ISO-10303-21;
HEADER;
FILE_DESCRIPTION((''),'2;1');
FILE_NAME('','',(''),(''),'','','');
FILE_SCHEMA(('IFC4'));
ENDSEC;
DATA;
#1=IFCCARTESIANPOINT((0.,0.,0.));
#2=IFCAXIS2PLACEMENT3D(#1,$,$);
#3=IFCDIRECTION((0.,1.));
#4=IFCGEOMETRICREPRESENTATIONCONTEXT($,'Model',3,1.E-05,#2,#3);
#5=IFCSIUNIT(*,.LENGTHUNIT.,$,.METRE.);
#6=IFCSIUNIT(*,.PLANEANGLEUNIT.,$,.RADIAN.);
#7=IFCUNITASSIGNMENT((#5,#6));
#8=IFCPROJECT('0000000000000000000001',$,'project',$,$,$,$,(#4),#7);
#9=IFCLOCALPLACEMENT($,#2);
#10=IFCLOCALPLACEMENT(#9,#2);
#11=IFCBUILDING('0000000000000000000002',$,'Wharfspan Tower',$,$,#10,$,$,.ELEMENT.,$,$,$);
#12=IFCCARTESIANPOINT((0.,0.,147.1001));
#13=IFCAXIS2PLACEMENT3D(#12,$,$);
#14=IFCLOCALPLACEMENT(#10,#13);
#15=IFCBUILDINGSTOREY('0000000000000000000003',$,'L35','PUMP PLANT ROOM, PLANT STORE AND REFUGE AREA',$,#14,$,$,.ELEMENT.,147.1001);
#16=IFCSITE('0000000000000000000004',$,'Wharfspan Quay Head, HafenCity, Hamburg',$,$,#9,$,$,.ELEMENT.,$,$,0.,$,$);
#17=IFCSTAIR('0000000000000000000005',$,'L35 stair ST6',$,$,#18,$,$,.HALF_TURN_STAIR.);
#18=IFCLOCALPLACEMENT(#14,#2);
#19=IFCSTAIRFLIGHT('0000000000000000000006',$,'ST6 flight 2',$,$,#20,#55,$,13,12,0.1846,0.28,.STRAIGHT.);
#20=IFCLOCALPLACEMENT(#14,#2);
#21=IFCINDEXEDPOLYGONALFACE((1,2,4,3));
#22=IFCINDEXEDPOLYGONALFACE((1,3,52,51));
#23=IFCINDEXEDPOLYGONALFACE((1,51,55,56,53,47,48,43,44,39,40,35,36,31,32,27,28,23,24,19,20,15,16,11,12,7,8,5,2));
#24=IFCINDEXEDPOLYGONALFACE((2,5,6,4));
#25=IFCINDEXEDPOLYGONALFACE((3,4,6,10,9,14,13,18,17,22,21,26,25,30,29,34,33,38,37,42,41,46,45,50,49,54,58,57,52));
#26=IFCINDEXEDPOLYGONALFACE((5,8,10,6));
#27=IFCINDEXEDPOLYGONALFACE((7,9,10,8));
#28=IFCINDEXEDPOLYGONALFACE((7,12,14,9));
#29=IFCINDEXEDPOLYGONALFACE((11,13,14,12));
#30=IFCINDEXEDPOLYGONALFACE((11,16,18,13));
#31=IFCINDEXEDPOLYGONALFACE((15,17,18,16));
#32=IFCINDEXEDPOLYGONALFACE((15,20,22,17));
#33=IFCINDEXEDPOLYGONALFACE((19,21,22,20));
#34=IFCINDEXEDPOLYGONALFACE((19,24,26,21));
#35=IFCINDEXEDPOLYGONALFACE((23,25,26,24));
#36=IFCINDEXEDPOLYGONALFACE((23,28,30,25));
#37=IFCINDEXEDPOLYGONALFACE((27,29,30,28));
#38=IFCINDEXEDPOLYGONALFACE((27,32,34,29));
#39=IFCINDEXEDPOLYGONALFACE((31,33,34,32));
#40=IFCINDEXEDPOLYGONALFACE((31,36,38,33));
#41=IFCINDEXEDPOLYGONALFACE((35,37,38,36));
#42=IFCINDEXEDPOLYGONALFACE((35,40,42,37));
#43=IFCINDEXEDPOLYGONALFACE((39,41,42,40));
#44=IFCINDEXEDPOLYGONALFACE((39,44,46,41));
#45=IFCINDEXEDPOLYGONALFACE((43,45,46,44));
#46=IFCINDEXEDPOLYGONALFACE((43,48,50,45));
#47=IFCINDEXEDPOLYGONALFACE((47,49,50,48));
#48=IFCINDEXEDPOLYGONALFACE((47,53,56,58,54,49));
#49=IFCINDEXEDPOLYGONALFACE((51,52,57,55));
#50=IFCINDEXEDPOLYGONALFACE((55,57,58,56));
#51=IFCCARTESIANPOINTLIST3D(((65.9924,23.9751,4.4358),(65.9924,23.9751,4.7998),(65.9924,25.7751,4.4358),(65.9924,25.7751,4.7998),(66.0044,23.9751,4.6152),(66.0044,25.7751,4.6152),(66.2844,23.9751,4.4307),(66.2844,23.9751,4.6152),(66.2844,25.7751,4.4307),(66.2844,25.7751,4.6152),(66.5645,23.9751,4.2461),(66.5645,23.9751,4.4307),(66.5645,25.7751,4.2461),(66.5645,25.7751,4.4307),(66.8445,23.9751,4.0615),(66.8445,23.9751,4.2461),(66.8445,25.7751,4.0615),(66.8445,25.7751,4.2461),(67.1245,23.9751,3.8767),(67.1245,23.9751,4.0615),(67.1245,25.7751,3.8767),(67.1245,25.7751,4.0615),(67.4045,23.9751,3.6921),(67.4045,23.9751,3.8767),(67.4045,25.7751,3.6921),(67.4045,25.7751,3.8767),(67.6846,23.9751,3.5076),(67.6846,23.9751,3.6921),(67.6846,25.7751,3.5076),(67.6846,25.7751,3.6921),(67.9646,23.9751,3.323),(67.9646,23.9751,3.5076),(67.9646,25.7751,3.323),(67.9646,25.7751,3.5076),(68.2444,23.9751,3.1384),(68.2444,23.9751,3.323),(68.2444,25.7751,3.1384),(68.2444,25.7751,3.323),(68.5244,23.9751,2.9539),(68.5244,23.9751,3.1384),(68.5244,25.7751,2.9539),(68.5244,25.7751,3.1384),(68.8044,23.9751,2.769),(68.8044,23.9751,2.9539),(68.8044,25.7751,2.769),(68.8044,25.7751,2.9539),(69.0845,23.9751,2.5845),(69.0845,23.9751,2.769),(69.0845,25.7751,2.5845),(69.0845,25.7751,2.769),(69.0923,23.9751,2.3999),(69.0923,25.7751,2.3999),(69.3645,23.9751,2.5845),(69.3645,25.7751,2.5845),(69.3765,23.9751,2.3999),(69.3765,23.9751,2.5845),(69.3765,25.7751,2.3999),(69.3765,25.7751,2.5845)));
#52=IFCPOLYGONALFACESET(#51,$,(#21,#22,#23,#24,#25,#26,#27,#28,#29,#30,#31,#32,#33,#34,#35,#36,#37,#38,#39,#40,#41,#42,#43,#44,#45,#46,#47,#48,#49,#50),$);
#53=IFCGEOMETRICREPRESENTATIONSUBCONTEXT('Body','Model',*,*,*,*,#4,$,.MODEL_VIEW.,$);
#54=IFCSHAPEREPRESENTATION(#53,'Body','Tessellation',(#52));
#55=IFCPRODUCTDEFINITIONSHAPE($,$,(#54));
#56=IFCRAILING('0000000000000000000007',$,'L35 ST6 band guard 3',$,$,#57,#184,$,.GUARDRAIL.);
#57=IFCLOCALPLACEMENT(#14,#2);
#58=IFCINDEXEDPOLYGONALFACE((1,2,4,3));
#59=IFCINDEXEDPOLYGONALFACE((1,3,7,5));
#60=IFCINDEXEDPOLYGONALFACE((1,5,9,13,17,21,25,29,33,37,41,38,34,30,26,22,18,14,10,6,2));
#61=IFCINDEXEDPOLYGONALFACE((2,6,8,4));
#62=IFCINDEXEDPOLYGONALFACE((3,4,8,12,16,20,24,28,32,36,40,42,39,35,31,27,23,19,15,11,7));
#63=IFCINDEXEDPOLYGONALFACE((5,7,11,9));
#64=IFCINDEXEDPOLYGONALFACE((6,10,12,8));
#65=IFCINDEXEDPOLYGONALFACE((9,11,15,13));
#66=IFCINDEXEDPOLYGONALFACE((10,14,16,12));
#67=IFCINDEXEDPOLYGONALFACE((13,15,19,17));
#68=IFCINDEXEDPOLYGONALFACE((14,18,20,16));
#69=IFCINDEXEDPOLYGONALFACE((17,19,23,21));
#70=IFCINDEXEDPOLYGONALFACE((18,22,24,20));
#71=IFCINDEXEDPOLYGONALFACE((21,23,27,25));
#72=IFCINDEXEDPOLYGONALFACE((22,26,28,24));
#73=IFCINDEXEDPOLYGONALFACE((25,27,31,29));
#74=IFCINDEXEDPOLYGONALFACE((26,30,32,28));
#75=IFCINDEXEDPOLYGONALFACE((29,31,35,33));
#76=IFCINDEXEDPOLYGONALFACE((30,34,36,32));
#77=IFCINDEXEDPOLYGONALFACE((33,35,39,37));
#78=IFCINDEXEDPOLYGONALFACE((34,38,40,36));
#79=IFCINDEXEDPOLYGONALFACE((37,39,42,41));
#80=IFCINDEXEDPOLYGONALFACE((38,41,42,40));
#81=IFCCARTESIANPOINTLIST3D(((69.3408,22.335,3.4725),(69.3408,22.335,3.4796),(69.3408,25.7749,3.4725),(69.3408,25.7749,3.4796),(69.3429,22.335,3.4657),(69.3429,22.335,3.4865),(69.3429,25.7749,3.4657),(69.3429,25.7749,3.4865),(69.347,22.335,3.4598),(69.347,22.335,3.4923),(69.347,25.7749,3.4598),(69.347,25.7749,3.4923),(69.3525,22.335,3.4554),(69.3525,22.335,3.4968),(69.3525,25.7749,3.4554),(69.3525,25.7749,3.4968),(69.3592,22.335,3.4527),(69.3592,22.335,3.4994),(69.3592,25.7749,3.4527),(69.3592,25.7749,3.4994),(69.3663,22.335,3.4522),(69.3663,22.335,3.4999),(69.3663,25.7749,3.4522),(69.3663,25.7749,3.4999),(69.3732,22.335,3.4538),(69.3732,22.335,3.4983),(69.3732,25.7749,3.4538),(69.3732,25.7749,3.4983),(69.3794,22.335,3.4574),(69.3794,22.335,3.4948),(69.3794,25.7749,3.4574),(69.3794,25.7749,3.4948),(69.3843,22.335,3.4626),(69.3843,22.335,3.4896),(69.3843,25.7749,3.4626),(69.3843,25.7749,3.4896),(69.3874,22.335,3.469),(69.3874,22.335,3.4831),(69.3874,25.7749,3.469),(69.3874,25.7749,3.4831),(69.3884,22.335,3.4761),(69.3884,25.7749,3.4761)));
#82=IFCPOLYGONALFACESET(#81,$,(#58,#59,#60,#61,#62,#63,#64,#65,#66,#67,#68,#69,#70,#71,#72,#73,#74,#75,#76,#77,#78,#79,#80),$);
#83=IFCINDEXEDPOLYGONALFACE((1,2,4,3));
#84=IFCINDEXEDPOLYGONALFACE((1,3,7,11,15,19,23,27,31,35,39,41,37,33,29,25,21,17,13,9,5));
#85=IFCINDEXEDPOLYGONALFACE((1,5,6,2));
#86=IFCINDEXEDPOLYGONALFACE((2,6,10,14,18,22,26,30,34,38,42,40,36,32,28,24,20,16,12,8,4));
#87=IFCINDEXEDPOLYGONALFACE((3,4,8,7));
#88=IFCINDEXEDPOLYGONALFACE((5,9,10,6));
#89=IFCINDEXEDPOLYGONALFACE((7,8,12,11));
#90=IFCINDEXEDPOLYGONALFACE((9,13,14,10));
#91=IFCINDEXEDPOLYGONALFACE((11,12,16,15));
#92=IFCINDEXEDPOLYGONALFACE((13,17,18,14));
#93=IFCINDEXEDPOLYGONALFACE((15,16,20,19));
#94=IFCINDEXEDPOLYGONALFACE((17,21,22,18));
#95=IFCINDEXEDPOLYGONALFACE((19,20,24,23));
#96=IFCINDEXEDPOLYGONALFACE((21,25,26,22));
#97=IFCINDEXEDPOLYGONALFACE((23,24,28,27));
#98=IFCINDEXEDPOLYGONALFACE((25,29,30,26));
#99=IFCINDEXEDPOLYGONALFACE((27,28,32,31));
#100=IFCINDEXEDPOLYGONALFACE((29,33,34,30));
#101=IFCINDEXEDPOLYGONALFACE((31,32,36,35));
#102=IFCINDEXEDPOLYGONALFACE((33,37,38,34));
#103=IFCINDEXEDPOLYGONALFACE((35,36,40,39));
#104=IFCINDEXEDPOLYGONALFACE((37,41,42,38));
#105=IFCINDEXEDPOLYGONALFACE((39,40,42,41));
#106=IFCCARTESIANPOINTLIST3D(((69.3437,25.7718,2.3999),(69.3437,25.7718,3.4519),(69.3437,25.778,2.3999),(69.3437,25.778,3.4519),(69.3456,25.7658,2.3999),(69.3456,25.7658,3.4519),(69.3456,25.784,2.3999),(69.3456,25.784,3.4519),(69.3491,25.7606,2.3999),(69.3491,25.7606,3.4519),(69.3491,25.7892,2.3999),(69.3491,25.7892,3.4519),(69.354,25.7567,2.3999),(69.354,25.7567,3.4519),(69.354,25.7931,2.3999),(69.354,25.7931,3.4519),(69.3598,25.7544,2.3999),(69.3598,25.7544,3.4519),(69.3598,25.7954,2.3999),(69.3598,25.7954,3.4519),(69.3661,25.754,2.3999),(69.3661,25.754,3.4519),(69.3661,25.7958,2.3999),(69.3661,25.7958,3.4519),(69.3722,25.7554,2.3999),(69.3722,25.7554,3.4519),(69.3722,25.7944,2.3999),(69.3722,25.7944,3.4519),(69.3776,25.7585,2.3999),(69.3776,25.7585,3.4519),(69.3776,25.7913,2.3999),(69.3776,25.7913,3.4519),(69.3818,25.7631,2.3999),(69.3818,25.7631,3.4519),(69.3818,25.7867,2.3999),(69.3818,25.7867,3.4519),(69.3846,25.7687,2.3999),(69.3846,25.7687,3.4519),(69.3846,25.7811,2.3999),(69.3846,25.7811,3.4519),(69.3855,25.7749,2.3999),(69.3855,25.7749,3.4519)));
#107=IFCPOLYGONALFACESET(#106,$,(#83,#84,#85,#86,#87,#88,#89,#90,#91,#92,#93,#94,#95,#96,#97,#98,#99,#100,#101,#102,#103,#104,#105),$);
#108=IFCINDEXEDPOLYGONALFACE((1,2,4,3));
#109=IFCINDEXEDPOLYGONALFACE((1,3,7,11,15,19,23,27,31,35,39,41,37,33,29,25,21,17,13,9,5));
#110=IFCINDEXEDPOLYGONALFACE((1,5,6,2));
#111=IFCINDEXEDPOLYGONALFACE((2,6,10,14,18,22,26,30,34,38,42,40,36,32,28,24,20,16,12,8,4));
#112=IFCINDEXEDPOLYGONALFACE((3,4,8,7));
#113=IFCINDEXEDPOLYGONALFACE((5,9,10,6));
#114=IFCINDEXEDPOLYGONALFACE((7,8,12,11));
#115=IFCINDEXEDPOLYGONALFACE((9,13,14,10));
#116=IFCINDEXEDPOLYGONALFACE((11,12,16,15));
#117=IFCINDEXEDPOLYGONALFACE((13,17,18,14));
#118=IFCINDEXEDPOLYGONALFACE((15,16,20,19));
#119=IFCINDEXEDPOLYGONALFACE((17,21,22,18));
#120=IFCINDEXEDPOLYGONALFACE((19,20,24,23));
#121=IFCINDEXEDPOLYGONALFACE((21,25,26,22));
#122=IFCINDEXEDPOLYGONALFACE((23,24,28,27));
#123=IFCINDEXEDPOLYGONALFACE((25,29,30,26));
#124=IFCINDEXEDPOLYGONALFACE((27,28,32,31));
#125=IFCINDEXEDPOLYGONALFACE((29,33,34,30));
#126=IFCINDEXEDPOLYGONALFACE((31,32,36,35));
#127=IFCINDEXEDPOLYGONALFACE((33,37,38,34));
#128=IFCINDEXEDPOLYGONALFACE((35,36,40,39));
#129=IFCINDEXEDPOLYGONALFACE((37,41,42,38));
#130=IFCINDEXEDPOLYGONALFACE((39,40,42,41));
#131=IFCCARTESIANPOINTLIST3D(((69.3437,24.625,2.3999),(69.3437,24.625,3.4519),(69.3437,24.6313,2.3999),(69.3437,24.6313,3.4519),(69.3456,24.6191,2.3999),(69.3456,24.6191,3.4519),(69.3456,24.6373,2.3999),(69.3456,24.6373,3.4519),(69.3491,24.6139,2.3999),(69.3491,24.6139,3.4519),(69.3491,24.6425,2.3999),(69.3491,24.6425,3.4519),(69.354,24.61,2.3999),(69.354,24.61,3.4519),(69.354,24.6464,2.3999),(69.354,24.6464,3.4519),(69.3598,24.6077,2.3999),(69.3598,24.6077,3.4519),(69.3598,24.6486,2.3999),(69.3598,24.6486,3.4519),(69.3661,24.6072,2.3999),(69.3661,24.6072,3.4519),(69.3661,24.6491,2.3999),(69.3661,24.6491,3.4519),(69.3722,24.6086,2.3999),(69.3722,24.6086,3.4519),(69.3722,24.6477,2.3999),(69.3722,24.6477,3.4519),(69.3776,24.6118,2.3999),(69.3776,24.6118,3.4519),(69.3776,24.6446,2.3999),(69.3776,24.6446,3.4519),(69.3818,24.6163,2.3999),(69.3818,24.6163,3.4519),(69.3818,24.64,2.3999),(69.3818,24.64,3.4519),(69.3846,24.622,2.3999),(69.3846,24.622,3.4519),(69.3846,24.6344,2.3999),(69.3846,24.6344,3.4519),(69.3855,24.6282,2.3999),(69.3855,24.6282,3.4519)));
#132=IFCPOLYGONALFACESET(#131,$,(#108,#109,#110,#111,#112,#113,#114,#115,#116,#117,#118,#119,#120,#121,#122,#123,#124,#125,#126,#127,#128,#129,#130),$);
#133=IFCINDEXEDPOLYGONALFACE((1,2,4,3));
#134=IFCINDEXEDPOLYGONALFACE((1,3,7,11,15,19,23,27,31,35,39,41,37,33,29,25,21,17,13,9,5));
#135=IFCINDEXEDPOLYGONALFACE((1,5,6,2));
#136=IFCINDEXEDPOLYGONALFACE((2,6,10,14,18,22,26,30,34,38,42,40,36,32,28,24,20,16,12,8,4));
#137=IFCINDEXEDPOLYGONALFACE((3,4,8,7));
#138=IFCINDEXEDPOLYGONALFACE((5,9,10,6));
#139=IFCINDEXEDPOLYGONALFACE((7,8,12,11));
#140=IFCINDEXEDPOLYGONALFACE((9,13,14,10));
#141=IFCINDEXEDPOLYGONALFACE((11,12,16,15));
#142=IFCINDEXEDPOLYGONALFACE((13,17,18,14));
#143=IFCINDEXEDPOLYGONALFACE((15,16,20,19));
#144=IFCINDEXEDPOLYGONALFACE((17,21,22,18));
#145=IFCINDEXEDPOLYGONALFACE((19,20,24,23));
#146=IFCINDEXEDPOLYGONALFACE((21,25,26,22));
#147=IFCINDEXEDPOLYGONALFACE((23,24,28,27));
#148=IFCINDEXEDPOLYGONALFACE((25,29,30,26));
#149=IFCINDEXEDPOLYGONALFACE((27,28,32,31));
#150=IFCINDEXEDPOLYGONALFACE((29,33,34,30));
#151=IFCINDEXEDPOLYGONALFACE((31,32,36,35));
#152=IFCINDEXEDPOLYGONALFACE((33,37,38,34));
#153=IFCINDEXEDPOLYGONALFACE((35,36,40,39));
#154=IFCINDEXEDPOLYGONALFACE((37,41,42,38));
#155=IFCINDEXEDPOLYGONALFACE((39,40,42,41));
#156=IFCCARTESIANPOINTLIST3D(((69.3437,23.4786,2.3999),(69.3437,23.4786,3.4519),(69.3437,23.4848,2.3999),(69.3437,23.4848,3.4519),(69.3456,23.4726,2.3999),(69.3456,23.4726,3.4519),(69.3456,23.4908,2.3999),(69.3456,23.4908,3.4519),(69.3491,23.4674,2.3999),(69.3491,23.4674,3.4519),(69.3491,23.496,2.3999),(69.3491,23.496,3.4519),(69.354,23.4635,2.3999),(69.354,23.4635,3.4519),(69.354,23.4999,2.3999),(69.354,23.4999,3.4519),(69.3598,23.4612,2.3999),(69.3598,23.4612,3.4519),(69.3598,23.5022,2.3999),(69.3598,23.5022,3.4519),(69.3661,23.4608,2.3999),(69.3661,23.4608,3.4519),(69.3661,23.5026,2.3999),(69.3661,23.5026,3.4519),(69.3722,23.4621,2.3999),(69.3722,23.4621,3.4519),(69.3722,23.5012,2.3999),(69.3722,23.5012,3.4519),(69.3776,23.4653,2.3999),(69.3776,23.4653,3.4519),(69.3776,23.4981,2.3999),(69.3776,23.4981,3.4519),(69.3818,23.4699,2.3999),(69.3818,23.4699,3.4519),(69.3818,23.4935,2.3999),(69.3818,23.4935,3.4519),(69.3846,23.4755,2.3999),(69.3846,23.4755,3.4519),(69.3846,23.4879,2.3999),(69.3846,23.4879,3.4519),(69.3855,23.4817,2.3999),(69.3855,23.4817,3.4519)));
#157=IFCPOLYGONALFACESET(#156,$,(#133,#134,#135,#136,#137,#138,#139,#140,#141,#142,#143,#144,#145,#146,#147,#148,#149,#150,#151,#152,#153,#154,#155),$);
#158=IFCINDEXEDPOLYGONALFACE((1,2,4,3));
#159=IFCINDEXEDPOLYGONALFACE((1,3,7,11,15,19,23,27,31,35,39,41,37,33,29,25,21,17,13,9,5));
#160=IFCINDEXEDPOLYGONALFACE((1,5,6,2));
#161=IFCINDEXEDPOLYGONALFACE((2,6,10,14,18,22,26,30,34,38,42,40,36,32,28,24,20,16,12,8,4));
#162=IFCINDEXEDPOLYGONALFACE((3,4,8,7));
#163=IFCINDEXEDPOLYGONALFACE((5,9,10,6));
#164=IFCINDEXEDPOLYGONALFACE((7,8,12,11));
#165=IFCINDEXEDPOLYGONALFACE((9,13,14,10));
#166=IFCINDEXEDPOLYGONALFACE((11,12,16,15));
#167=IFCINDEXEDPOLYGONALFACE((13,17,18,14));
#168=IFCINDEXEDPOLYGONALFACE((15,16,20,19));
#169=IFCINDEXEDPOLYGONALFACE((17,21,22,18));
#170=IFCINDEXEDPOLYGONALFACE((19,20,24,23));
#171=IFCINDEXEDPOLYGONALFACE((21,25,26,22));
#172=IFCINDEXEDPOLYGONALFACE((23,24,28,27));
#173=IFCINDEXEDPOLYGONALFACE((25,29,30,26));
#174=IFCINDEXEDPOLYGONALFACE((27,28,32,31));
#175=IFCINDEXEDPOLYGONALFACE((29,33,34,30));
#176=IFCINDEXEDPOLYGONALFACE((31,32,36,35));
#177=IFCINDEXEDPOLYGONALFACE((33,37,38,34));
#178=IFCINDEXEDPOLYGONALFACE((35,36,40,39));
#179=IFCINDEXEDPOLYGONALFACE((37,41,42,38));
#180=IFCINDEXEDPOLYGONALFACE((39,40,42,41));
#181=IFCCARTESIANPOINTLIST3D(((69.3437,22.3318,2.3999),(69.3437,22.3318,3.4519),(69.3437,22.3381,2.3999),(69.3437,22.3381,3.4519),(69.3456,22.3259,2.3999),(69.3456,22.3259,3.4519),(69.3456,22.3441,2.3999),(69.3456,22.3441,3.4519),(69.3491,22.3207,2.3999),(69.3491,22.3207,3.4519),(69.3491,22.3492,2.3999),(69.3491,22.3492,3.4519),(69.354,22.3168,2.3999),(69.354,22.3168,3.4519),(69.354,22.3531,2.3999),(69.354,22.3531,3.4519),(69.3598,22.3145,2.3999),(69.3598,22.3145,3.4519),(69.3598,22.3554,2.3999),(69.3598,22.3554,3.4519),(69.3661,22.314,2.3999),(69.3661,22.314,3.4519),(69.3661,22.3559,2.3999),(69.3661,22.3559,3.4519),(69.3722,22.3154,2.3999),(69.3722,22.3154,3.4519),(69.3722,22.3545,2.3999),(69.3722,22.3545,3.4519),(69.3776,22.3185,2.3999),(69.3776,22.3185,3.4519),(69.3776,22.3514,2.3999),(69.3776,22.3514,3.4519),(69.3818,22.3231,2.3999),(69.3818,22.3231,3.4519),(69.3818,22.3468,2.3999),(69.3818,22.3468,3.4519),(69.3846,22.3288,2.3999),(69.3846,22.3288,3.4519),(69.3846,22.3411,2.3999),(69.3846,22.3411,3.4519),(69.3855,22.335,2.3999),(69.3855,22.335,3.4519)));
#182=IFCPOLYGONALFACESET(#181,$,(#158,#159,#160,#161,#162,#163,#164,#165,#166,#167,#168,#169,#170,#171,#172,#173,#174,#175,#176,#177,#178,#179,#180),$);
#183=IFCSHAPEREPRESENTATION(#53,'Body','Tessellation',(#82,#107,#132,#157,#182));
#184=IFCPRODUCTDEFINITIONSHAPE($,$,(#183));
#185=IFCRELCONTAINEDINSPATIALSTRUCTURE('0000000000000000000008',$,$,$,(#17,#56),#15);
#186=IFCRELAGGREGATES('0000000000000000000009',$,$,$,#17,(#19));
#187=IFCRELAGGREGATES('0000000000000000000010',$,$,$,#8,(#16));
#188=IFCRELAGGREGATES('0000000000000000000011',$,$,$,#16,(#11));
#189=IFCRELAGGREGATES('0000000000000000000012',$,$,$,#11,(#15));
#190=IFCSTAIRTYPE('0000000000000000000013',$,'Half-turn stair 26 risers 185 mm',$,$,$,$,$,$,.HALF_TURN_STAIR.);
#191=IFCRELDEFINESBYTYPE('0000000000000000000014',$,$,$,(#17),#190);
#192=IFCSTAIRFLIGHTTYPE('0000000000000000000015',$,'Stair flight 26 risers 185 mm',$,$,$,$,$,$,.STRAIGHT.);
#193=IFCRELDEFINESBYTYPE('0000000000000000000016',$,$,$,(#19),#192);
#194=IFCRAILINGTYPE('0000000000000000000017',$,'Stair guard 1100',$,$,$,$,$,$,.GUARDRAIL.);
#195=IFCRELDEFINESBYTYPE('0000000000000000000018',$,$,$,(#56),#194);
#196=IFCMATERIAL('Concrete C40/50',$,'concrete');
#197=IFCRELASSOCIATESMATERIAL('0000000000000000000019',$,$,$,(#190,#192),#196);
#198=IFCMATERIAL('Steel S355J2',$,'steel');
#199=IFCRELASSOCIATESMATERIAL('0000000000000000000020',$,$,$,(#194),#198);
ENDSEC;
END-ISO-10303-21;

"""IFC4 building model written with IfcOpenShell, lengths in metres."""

from ifc_helpers import new_model, si_unit, direction, frame, origin, origin_2d, place, context, subcontext, project, spatial, polyline, circle, outline, extrude, material, type_object, element, aggregate, save


model = new_model("IFC4")

# Units and contexts
model_context = context("Model", 3, precision=1e-05, world=origin(), true_north=direction((0.0, 1.0)))
body_context = subcontext(model_context, "Body", "Model", "MODEL_VIEW")
ifc_project = project(units=[si_unit("LENGTHUNIT", "METRE"), si_unit("PLANEANGLEUNIT", "RADIAN")], contexts=[model_context])

# Site, building, storey
site_placement = place(None, origin())
site = spatial("IfcSite", under=ifc_project, at=site_placement, Name="Wharfspan Quay Head, HafenCity, Hamburg", CompositionType="ELEMENT", RefElevation=0.0)
building_placement = place(site_placement, origin())
building = spatial("IfcBuilding", under=site, at=building_placement, Name="Wharfspan Tower", CompositionType="ELEMENT")
storey_placement = place(building_placement, frame((0.0, 0.0, 147.1001)))
storey = spatial("IfcBuildingStorey", under=building, at=storey_placement, Name="L35", Description="PUMP PLANT ROOM, PLANT STORE AND REFUGE AREA", CompositionType="ELEMENT", Elevation=147.1001)

# Shared definitions
ifc_material_1 = material(Name="Concrete C40/50", Category="concrete")

# Stair, stair flight
stair_type = type_object("IfcStairType", Name="Half-turn stair 26 risers 185 mm", PredefinedType="HALF_TURN_STAIR", material=ifc_material_1)
stair_placement = place(storey_placement, origin())
stair = element("IfcStair", 1, at=stair_placement, inside=storey, type_object=stair_type, Name="L35 stair ST6", PredefinedType="HALF_TURN_STAIR")
stair_flight_type = type_object("IfcStairFlightType", Name="Stair flight 26 risers 185 mm", PredefinedType="STRAIGHT", material=ifc_material_1)
stair_flight_1_placement = place(storey_placement, frame((69.3645, 24.875, 2.3999), z_axis=(0.0, 0.0, 1.0), x_axis=(-1.0, 0.0, 0.0)))
stair_flight_1 = element("IfcStairFlight", 2, at=stair_flight_1_placement, type_object=stair_flight_type, Name="ST6 flight 2", NumberOfRisers=13, NumberOfTreads=12, PredefinedType="STRAIGHT", RiserHeight=0.1846, TreadLength=0.28, context=body_context, shape_type="SweptSolid", body=[
    extrude(outline(polyline([(-0.012, 0.0), (-0.012, 0.1846), (0.0, 0.1846), (0.28, 0.1846), (0.28, 0.3691), (0.5601, 0.3691), (0.5601, 0.554), (0.8401, 0.554), (0.8401, 0.7385), (1.1201, 0.7385), (1.1201, 0.9231), (1.3999, 0.9231), (1.3999, 1.1077), (1.6799, 1.1077), (1.6799, 1.2922), (1.96, 1.2922), (1.96, 1.4768), (2.24, 1.4768), (2.24, 1.6616), (2.52, 1.6616), (2.52, 1.8462), (2.8, 1.8462), (2.8, 2.0308), (3.0801, 2.0308), (3.0801, 2.2153), (3.3601, 2.2153), (3.3721, 2.3999), (3.3721, 2.0359), (0.2722, 0.0), (-0.012, 0.0)])), frame((0.0, 0.8999, 0.0), z_axis=(0.0, -1.0, 0.0), x_axis=(1.0, 0.0, 0.0)), (0.0, 0.0, 1.0), 1.8),
])
aggregate(stair, [stair_flight_1])

# Railing
ifc_material_2 = material(Name="Steel S355J2", Category="steel")
railing_type_1 = type_object("IfcRailingType", Name="Stair guard 1100", PredefinedType="GUARDRAIL", material=ifc_material_2)
railing_1_placement = place(storey_placement, frame((69.3645, 25.7749, 2.3999)))
element("IfcRailing", 3, at=railing_1_placement, inside=storey, type_object=railing_type_1, Name="L35 ST6 band guard 3", PredefinedType="GUARDRAIL", context=body_context, shape_type="SweptSolid", body=[
    extrude(circle(Radius=0.0239, at=origin_2d()), frame((0.0, 0.0, 1.0762), z_axis=(0.0, -1.0, 0.0), x_axis=(1.0, 0.0, 0.0)), (0.0, 0.0, 1.0), 3.4399),
    extrude(circle(Radius=0.021, at=origin_2d()), origin(), (0.0, 0.0, 1.0), 1.052),
    extrude(circle(Radius=0.021, at=origin_2d()), frame((0.0, -1.1467, 0.0)), (0.0, 0.0, 1.0), 1.052),
    extrude(circle(Radius=0.021, at=origin_2d()), frame((0.0, -2.2932, 0.0)), (0.0, 0.0, 1.0), 1.052),
    extrude(circle(Radius=0.021, at=origin_2d()), frame((0.0, -3.4399, 0.0)), (0.0, 0.0, 1.0), 1.052),
])

save(model, "model.ifc")
